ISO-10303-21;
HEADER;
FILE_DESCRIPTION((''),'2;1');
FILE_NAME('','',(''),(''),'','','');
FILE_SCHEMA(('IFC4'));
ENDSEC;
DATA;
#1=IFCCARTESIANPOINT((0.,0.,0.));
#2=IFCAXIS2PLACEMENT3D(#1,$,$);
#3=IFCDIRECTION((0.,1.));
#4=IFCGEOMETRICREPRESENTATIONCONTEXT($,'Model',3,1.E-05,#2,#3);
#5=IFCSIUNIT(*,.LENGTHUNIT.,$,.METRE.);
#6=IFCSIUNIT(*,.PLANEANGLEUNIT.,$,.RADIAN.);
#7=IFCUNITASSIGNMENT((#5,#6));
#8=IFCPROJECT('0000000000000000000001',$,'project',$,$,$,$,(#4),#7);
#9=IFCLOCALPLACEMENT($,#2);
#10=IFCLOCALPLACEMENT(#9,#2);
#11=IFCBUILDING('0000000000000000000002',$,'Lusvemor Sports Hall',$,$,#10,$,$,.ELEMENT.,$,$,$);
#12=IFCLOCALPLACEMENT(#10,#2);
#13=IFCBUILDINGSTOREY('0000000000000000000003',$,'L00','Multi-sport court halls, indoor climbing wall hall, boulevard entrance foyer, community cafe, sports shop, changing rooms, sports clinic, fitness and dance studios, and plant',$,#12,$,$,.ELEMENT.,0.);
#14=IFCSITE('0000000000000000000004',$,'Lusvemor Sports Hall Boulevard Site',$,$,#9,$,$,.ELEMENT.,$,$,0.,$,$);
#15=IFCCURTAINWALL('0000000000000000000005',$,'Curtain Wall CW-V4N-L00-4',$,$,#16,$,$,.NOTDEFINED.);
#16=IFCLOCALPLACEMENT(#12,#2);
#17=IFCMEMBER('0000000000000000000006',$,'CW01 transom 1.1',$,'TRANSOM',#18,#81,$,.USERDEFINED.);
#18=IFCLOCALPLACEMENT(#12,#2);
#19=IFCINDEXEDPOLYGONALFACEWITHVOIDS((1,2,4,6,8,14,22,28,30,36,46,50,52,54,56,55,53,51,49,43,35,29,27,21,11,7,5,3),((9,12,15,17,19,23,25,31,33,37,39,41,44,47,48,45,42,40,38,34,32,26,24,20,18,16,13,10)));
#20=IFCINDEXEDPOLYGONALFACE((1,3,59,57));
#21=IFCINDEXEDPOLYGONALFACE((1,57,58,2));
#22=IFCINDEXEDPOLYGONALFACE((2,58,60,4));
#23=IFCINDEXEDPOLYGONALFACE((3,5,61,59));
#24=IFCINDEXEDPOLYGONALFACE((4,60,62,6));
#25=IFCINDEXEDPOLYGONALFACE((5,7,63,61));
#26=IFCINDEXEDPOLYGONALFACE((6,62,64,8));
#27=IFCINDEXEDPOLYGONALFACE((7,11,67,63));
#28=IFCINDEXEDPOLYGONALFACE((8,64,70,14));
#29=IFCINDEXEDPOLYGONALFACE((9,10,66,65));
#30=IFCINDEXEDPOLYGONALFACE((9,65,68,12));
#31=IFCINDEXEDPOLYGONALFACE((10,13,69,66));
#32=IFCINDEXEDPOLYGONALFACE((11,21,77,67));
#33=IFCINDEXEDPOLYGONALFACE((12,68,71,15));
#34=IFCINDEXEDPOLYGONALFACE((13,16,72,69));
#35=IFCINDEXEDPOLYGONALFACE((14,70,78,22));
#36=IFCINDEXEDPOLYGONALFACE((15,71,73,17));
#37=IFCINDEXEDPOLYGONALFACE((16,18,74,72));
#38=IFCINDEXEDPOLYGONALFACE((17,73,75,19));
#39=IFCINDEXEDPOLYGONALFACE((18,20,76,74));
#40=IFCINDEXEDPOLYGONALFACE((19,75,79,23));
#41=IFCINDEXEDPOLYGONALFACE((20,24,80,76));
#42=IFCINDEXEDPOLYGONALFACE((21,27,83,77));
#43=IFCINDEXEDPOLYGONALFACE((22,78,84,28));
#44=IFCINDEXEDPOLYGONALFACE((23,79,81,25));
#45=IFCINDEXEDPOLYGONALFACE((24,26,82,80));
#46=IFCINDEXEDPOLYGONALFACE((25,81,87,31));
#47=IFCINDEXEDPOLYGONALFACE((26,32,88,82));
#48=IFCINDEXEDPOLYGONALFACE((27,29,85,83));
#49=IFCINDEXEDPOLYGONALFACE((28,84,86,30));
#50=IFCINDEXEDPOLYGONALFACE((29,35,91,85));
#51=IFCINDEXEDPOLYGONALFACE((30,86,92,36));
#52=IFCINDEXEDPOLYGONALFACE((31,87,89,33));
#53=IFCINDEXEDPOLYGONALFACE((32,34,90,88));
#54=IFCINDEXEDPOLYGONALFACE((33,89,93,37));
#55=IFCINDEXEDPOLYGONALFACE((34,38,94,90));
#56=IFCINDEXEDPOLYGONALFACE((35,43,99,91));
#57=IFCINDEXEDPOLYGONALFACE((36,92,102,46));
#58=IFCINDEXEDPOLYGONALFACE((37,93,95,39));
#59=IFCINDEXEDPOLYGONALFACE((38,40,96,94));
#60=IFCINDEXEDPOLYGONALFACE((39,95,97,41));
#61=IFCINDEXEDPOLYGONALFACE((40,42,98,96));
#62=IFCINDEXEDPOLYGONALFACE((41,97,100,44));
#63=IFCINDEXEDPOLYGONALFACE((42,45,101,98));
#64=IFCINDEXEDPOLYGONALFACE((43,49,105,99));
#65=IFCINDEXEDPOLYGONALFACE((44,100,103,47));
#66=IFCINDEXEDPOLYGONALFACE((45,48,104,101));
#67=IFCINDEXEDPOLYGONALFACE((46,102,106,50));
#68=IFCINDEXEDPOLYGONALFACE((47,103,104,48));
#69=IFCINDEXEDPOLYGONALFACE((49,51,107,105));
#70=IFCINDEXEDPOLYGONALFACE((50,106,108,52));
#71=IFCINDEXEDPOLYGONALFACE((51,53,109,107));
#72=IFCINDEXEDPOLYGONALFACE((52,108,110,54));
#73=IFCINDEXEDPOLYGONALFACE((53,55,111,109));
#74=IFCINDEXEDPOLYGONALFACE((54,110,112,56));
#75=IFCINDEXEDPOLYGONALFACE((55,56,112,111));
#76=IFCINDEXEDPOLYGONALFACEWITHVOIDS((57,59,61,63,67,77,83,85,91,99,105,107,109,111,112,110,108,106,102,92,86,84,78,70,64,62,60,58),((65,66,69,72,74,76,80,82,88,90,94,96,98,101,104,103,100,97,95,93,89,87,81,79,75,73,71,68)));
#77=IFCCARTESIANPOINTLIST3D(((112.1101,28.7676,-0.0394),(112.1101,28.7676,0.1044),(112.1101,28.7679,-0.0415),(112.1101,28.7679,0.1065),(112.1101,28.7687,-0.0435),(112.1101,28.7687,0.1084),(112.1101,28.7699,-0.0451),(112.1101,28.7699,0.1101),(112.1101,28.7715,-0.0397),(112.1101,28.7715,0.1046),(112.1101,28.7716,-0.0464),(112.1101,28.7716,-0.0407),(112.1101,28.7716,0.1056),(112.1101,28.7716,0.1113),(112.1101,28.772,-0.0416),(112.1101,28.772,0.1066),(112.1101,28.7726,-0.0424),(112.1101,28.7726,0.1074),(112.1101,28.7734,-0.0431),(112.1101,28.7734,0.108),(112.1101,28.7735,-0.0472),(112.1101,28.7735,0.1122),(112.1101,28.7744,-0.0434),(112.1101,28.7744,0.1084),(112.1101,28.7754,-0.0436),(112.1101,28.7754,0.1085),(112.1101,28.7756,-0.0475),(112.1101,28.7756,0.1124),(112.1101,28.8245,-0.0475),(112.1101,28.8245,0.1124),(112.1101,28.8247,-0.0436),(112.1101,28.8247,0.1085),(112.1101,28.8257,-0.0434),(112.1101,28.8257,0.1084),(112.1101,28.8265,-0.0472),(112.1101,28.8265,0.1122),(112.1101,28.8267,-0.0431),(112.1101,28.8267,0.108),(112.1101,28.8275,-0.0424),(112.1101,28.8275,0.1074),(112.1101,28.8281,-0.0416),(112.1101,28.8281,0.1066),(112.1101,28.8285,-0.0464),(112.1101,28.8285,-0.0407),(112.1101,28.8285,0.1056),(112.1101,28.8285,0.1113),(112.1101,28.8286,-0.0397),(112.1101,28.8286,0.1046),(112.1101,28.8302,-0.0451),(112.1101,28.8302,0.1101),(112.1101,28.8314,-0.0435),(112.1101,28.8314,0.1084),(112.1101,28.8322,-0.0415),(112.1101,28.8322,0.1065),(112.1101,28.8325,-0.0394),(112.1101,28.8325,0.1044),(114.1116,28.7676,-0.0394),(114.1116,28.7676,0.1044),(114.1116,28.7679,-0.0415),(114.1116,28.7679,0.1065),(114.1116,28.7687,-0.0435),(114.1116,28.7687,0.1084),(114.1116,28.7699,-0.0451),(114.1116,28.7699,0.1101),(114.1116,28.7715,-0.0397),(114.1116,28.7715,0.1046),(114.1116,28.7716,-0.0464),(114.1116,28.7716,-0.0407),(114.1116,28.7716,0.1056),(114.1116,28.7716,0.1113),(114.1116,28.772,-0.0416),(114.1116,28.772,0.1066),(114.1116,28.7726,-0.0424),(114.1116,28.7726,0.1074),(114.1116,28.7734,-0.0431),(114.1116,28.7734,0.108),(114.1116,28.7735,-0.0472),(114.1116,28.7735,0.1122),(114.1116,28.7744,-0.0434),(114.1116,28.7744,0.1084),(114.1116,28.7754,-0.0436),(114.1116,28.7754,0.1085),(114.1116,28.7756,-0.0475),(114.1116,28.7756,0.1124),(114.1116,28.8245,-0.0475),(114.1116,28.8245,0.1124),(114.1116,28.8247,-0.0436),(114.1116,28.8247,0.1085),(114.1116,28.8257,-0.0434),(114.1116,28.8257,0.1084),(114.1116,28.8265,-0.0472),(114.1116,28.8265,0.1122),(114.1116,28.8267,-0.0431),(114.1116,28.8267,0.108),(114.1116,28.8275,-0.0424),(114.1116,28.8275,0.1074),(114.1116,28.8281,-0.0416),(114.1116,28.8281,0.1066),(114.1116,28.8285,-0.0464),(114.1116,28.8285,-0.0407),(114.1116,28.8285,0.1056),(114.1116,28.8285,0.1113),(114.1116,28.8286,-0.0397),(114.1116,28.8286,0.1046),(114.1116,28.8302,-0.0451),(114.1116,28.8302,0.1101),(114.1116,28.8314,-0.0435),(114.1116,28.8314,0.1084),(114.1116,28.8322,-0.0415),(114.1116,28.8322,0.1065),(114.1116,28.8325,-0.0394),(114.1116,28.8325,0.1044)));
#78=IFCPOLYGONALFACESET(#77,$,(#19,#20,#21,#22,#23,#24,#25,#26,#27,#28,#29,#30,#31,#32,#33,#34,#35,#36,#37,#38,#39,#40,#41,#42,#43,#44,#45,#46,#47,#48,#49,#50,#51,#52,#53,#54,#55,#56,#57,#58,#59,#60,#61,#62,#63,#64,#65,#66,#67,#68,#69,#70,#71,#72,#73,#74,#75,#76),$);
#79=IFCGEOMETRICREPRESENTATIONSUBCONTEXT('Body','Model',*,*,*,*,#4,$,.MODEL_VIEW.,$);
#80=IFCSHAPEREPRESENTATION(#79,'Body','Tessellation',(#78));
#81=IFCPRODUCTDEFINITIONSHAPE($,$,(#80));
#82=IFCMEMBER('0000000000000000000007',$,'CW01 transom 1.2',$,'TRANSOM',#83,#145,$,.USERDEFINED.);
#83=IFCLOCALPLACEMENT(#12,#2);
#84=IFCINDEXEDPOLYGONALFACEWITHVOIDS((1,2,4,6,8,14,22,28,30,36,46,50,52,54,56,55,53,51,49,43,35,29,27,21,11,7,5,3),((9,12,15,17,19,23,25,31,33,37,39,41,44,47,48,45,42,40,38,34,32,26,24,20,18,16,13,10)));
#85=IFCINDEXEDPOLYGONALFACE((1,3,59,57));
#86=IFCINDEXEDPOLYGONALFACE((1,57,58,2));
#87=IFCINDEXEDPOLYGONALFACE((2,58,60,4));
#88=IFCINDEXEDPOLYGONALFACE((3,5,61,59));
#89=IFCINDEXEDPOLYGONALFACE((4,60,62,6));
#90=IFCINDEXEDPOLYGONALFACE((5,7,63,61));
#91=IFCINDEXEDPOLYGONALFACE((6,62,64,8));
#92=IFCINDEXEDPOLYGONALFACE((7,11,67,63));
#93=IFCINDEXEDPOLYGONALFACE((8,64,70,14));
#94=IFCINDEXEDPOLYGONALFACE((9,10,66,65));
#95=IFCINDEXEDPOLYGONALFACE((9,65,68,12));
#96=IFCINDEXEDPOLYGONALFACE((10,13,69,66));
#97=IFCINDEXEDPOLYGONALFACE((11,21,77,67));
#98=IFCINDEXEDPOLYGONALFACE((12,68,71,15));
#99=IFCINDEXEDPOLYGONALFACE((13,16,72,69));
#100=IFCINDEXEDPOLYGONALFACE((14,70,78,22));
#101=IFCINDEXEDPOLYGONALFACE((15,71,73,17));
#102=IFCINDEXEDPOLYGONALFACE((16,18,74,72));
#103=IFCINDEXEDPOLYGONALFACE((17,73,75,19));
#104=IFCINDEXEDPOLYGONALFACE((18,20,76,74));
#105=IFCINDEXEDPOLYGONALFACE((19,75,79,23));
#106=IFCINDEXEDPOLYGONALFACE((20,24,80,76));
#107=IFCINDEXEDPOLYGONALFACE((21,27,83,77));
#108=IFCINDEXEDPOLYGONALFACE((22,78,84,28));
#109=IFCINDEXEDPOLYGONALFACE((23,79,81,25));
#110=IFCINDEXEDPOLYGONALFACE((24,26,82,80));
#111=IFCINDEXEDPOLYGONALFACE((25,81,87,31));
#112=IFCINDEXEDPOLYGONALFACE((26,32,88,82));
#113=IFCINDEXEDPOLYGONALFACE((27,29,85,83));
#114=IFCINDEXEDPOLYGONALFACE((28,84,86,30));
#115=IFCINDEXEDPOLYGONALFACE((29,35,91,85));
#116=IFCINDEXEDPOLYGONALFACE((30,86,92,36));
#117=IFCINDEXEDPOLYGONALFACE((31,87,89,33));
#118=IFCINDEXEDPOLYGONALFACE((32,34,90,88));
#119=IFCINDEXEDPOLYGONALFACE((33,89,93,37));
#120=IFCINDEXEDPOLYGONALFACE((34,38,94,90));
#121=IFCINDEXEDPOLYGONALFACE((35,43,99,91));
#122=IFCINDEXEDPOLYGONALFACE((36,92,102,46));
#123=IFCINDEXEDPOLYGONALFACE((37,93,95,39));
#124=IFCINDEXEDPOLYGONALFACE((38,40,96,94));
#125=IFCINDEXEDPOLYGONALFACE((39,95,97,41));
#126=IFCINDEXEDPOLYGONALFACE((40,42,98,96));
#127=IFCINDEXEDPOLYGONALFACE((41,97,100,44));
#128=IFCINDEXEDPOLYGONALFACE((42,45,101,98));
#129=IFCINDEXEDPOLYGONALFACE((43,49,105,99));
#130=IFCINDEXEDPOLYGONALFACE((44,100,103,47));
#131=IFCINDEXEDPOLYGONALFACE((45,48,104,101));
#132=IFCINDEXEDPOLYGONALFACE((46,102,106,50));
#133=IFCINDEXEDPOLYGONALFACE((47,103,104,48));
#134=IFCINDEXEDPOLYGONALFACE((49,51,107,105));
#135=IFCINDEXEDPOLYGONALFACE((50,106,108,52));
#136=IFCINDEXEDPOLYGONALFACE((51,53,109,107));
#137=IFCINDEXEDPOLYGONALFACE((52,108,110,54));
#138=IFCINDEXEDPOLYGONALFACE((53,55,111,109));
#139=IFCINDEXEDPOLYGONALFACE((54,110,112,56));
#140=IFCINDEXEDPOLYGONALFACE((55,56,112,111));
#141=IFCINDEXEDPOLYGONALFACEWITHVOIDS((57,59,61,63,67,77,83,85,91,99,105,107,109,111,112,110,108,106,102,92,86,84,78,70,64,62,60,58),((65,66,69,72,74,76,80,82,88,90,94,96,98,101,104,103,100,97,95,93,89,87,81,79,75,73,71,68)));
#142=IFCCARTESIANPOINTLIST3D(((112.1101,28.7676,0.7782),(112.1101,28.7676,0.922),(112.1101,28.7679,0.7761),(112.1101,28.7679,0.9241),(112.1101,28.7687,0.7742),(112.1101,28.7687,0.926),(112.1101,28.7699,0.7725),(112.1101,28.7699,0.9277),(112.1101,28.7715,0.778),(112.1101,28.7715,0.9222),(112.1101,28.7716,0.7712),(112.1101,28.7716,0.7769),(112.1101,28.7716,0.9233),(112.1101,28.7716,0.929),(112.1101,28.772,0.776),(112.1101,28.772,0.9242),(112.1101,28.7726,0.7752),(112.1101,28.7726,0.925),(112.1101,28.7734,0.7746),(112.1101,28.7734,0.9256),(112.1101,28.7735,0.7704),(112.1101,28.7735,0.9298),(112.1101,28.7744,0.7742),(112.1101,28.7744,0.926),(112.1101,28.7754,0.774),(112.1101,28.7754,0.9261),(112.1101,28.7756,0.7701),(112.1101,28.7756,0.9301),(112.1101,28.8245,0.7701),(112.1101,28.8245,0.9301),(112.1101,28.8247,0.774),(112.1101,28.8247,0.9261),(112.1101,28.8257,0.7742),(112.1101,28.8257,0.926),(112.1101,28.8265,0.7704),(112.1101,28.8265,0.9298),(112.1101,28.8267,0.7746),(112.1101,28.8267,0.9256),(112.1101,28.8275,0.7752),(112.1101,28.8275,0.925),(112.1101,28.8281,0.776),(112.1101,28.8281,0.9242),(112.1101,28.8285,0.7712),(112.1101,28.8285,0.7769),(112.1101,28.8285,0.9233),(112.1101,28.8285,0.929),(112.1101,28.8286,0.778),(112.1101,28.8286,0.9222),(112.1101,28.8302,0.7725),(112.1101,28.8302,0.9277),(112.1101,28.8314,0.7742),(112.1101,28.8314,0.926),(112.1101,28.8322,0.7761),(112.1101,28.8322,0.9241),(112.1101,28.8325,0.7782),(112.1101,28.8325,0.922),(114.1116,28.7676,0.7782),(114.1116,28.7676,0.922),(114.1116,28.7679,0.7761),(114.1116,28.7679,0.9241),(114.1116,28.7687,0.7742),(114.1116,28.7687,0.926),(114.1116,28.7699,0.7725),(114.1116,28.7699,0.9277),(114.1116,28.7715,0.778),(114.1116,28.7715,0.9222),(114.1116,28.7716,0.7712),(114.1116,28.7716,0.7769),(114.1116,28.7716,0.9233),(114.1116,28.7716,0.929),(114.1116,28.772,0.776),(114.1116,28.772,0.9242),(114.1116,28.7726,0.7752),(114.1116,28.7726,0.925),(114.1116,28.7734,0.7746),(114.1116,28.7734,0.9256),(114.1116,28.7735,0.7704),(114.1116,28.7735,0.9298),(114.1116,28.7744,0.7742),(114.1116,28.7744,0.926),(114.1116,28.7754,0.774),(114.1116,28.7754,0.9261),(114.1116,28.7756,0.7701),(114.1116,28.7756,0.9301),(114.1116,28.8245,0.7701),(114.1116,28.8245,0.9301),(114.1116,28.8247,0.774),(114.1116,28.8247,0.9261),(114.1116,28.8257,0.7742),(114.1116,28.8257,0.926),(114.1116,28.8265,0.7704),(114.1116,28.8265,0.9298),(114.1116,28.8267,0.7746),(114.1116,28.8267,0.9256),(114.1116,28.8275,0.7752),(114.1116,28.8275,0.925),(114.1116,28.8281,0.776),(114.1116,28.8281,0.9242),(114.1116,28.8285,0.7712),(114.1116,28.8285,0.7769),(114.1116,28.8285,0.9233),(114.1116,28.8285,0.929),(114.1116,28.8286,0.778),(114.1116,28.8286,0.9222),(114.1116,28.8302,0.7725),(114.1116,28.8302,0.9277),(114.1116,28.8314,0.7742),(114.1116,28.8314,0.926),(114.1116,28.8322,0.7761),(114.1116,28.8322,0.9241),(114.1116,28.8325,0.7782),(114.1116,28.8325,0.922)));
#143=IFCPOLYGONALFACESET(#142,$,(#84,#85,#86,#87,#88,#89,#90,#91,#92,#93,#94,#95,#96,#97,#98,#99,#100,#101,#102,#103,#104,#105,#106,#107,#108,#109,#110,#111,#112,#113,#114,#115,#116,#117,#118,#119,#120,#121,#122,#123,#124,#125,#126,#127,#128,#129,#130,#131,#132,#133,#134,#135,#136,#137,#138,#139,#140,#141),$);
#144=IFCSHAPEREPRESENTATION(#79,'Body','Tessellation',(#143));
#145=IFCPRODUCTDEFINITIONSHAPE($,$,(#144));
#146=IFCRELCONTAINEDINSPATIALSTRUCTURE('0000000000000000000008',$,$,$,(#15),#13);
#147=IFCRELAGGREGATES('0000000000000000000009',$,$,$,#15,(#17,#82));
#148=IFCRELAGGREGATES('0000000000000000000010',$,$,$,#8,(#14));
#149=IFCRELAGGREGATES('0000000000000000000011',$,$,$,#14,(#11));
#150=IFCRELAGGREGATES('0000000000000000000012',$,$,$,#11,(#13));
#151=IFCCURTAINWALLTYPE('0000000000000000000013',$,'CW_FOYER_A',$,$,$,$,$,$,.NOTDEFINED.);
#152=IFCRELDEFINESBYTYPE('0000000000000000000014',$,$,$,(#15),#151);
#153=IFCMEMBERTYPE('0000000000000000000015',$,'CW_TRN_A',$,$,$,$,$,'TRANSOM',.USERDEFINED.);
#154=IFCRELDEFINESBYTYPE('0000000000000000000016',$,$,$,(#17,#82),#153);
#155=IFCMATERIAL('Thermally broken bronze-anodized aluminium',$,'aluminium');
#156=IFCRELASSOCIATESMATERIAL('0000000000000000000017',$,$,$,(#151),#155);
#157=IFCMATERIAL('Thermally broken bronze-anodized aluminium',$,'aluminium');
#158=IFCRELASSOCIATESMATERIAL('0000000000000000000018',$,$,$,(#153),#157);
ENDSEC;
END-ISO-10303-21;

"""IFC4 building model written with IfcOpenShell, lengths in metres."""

from ifc_helpers import new_model, si_unit, direction, frame, origin, origin_2d, place, context, subcontext, project, spatial, hollow_rectangle, extrude, material, material_profile, profile_set, type_object, element, aggregate, save


model = new_model("IFC4")

# Units and contexts
model_context = context("Model", 3, precision=1e-05, world=origin(), true_north=direction((0.0, 1.0)))
body_context = subcontext(model_context, "Body", "Model", "MODEL_VIEW")
ifc_project = project(units=[si_unit("LENGTHUNIT", "METRE"), si_unit("PLANEANGLEUNIT", "RADIAN")], contexts=[model_context])

# Site, building, storey
site_placement = place(None, origin())
site = spatial("IfcSite", under=ifc_project, at=site_placement, Name="Lusvemor Sports Hall Boulevard Site", CompositionType="ELEMENT", RefElevation=0.0)
building_placement = place(site_placement, origin())
building = spatial("IfcBuilding", under=site, at=building_placement, Name="Lusvemor Sports Hall", CompositionType="ELEMENT")
storey_placement = place(building_placement, origin())
storey = spatial("IfcBuildingStorey", under=building, at=storey_placement, Name="L00", Description="Multi-sport court halls, indoor climbing wall hall, boulevard entrance foyer, community cafe, sports shop, changing rooms, sports clinic, fitness and dance studios, and plant", CompositionType="ELEMENT", Elevation=0.0)

# Curtain wall, members
ifc_material_1 = material(Name="Thermally broken bronze-anodized aluminium", Category="aluminium")
curtain_wall_type = type_object("IfcCurtainWallType", Name="CW_FOYER_A", PredefinedType="NOTDEFINED", material=ifc_material_1)
curtain_wall_placement = place(storey_placement, origin())
curtain_wall = element("IfcCurtainWall", 1, at=curtain_wall_placement, inside=storey, type_object=curtain_wall_type, Name="Curtain Wall CW-V4N-L00-4", PredefinedType="NOTDEFINED")
ifc_material_2 = material(Name="Thermally broken bronze-anodized aluminium", Category="aluminium")
ifc_material_profile_1 = material_profile(ifc_material_2, hollow_rectangle(XDim=0.0649, YDim=0.1599, WallThickness=0.0039, InnerFilletRadius=0.0039, OuterFilletRadius=0.0081, at=origin_2d()), Name="CWTRN160x65x4")
ifc_profile_set_1 = profile_set([ifc_material_profile_1], Name="Thermally broken bronze-anodized aluminium")
member_type_1 = type_object("IfcMemberType", Name="CW_TRN_A", ElementType="TRANSOM", PredefinedType="USERDEFINED", material=ifc_profile_set_1)
member_1_placement = place(storey_placement, frame((112.1101, 28.8, 0.0325), z_axis=(1.0, 0.0, 0.0), x_axis=(0.0, 1.0, 0.0)))
member_1 = element("IfcMember", 2, at=member_1_placement, type_object=member_type_1, Name="CW01 transom 1.1", ObjectType="TRANSOM", PredefinedType="USERDEFINED", context=body_context, shape_type="SweptSolid", body=[
    extrude(hollow_rectangle(XDim=0.0649, YDim=0.1599, WallThickness=0.0039, InnerFilletRadius=0.0039, OuterFilletRadius=0.0081, at=origin_2d()), origin(), (0.0, 0.0, 1.0), 2.0015),
])
member_2_placement = place(storey_placement, frame((112.1101, 28.8, 0.8501), z_axis=(1.0, 0.0, 0.0), x_axis=(0.0, 1.0, 0.0)))
member_2 = element("IfcMember", 3, at=member_2_placement, type_object=member_type_1, Name="CW01 transom 1.2", ObjectType="TRANSOM", PredefinedType="USERDEFINED", context=body_context, shape_type="SweptSolid", body=[
    extrude(hollow_rectangle(XDim=0.0649, YDim=0.1599, WallThickness=0.0039, InnerFilletRadius=0.0039, OuterFilletRadius=0.0081, at=origin_2d()), origin(), (0.0, 0.0, 1.0), 2.0015),
])
aggregate(curtain_wall, [member_1, member_2])

save(model, "model.ifc")
